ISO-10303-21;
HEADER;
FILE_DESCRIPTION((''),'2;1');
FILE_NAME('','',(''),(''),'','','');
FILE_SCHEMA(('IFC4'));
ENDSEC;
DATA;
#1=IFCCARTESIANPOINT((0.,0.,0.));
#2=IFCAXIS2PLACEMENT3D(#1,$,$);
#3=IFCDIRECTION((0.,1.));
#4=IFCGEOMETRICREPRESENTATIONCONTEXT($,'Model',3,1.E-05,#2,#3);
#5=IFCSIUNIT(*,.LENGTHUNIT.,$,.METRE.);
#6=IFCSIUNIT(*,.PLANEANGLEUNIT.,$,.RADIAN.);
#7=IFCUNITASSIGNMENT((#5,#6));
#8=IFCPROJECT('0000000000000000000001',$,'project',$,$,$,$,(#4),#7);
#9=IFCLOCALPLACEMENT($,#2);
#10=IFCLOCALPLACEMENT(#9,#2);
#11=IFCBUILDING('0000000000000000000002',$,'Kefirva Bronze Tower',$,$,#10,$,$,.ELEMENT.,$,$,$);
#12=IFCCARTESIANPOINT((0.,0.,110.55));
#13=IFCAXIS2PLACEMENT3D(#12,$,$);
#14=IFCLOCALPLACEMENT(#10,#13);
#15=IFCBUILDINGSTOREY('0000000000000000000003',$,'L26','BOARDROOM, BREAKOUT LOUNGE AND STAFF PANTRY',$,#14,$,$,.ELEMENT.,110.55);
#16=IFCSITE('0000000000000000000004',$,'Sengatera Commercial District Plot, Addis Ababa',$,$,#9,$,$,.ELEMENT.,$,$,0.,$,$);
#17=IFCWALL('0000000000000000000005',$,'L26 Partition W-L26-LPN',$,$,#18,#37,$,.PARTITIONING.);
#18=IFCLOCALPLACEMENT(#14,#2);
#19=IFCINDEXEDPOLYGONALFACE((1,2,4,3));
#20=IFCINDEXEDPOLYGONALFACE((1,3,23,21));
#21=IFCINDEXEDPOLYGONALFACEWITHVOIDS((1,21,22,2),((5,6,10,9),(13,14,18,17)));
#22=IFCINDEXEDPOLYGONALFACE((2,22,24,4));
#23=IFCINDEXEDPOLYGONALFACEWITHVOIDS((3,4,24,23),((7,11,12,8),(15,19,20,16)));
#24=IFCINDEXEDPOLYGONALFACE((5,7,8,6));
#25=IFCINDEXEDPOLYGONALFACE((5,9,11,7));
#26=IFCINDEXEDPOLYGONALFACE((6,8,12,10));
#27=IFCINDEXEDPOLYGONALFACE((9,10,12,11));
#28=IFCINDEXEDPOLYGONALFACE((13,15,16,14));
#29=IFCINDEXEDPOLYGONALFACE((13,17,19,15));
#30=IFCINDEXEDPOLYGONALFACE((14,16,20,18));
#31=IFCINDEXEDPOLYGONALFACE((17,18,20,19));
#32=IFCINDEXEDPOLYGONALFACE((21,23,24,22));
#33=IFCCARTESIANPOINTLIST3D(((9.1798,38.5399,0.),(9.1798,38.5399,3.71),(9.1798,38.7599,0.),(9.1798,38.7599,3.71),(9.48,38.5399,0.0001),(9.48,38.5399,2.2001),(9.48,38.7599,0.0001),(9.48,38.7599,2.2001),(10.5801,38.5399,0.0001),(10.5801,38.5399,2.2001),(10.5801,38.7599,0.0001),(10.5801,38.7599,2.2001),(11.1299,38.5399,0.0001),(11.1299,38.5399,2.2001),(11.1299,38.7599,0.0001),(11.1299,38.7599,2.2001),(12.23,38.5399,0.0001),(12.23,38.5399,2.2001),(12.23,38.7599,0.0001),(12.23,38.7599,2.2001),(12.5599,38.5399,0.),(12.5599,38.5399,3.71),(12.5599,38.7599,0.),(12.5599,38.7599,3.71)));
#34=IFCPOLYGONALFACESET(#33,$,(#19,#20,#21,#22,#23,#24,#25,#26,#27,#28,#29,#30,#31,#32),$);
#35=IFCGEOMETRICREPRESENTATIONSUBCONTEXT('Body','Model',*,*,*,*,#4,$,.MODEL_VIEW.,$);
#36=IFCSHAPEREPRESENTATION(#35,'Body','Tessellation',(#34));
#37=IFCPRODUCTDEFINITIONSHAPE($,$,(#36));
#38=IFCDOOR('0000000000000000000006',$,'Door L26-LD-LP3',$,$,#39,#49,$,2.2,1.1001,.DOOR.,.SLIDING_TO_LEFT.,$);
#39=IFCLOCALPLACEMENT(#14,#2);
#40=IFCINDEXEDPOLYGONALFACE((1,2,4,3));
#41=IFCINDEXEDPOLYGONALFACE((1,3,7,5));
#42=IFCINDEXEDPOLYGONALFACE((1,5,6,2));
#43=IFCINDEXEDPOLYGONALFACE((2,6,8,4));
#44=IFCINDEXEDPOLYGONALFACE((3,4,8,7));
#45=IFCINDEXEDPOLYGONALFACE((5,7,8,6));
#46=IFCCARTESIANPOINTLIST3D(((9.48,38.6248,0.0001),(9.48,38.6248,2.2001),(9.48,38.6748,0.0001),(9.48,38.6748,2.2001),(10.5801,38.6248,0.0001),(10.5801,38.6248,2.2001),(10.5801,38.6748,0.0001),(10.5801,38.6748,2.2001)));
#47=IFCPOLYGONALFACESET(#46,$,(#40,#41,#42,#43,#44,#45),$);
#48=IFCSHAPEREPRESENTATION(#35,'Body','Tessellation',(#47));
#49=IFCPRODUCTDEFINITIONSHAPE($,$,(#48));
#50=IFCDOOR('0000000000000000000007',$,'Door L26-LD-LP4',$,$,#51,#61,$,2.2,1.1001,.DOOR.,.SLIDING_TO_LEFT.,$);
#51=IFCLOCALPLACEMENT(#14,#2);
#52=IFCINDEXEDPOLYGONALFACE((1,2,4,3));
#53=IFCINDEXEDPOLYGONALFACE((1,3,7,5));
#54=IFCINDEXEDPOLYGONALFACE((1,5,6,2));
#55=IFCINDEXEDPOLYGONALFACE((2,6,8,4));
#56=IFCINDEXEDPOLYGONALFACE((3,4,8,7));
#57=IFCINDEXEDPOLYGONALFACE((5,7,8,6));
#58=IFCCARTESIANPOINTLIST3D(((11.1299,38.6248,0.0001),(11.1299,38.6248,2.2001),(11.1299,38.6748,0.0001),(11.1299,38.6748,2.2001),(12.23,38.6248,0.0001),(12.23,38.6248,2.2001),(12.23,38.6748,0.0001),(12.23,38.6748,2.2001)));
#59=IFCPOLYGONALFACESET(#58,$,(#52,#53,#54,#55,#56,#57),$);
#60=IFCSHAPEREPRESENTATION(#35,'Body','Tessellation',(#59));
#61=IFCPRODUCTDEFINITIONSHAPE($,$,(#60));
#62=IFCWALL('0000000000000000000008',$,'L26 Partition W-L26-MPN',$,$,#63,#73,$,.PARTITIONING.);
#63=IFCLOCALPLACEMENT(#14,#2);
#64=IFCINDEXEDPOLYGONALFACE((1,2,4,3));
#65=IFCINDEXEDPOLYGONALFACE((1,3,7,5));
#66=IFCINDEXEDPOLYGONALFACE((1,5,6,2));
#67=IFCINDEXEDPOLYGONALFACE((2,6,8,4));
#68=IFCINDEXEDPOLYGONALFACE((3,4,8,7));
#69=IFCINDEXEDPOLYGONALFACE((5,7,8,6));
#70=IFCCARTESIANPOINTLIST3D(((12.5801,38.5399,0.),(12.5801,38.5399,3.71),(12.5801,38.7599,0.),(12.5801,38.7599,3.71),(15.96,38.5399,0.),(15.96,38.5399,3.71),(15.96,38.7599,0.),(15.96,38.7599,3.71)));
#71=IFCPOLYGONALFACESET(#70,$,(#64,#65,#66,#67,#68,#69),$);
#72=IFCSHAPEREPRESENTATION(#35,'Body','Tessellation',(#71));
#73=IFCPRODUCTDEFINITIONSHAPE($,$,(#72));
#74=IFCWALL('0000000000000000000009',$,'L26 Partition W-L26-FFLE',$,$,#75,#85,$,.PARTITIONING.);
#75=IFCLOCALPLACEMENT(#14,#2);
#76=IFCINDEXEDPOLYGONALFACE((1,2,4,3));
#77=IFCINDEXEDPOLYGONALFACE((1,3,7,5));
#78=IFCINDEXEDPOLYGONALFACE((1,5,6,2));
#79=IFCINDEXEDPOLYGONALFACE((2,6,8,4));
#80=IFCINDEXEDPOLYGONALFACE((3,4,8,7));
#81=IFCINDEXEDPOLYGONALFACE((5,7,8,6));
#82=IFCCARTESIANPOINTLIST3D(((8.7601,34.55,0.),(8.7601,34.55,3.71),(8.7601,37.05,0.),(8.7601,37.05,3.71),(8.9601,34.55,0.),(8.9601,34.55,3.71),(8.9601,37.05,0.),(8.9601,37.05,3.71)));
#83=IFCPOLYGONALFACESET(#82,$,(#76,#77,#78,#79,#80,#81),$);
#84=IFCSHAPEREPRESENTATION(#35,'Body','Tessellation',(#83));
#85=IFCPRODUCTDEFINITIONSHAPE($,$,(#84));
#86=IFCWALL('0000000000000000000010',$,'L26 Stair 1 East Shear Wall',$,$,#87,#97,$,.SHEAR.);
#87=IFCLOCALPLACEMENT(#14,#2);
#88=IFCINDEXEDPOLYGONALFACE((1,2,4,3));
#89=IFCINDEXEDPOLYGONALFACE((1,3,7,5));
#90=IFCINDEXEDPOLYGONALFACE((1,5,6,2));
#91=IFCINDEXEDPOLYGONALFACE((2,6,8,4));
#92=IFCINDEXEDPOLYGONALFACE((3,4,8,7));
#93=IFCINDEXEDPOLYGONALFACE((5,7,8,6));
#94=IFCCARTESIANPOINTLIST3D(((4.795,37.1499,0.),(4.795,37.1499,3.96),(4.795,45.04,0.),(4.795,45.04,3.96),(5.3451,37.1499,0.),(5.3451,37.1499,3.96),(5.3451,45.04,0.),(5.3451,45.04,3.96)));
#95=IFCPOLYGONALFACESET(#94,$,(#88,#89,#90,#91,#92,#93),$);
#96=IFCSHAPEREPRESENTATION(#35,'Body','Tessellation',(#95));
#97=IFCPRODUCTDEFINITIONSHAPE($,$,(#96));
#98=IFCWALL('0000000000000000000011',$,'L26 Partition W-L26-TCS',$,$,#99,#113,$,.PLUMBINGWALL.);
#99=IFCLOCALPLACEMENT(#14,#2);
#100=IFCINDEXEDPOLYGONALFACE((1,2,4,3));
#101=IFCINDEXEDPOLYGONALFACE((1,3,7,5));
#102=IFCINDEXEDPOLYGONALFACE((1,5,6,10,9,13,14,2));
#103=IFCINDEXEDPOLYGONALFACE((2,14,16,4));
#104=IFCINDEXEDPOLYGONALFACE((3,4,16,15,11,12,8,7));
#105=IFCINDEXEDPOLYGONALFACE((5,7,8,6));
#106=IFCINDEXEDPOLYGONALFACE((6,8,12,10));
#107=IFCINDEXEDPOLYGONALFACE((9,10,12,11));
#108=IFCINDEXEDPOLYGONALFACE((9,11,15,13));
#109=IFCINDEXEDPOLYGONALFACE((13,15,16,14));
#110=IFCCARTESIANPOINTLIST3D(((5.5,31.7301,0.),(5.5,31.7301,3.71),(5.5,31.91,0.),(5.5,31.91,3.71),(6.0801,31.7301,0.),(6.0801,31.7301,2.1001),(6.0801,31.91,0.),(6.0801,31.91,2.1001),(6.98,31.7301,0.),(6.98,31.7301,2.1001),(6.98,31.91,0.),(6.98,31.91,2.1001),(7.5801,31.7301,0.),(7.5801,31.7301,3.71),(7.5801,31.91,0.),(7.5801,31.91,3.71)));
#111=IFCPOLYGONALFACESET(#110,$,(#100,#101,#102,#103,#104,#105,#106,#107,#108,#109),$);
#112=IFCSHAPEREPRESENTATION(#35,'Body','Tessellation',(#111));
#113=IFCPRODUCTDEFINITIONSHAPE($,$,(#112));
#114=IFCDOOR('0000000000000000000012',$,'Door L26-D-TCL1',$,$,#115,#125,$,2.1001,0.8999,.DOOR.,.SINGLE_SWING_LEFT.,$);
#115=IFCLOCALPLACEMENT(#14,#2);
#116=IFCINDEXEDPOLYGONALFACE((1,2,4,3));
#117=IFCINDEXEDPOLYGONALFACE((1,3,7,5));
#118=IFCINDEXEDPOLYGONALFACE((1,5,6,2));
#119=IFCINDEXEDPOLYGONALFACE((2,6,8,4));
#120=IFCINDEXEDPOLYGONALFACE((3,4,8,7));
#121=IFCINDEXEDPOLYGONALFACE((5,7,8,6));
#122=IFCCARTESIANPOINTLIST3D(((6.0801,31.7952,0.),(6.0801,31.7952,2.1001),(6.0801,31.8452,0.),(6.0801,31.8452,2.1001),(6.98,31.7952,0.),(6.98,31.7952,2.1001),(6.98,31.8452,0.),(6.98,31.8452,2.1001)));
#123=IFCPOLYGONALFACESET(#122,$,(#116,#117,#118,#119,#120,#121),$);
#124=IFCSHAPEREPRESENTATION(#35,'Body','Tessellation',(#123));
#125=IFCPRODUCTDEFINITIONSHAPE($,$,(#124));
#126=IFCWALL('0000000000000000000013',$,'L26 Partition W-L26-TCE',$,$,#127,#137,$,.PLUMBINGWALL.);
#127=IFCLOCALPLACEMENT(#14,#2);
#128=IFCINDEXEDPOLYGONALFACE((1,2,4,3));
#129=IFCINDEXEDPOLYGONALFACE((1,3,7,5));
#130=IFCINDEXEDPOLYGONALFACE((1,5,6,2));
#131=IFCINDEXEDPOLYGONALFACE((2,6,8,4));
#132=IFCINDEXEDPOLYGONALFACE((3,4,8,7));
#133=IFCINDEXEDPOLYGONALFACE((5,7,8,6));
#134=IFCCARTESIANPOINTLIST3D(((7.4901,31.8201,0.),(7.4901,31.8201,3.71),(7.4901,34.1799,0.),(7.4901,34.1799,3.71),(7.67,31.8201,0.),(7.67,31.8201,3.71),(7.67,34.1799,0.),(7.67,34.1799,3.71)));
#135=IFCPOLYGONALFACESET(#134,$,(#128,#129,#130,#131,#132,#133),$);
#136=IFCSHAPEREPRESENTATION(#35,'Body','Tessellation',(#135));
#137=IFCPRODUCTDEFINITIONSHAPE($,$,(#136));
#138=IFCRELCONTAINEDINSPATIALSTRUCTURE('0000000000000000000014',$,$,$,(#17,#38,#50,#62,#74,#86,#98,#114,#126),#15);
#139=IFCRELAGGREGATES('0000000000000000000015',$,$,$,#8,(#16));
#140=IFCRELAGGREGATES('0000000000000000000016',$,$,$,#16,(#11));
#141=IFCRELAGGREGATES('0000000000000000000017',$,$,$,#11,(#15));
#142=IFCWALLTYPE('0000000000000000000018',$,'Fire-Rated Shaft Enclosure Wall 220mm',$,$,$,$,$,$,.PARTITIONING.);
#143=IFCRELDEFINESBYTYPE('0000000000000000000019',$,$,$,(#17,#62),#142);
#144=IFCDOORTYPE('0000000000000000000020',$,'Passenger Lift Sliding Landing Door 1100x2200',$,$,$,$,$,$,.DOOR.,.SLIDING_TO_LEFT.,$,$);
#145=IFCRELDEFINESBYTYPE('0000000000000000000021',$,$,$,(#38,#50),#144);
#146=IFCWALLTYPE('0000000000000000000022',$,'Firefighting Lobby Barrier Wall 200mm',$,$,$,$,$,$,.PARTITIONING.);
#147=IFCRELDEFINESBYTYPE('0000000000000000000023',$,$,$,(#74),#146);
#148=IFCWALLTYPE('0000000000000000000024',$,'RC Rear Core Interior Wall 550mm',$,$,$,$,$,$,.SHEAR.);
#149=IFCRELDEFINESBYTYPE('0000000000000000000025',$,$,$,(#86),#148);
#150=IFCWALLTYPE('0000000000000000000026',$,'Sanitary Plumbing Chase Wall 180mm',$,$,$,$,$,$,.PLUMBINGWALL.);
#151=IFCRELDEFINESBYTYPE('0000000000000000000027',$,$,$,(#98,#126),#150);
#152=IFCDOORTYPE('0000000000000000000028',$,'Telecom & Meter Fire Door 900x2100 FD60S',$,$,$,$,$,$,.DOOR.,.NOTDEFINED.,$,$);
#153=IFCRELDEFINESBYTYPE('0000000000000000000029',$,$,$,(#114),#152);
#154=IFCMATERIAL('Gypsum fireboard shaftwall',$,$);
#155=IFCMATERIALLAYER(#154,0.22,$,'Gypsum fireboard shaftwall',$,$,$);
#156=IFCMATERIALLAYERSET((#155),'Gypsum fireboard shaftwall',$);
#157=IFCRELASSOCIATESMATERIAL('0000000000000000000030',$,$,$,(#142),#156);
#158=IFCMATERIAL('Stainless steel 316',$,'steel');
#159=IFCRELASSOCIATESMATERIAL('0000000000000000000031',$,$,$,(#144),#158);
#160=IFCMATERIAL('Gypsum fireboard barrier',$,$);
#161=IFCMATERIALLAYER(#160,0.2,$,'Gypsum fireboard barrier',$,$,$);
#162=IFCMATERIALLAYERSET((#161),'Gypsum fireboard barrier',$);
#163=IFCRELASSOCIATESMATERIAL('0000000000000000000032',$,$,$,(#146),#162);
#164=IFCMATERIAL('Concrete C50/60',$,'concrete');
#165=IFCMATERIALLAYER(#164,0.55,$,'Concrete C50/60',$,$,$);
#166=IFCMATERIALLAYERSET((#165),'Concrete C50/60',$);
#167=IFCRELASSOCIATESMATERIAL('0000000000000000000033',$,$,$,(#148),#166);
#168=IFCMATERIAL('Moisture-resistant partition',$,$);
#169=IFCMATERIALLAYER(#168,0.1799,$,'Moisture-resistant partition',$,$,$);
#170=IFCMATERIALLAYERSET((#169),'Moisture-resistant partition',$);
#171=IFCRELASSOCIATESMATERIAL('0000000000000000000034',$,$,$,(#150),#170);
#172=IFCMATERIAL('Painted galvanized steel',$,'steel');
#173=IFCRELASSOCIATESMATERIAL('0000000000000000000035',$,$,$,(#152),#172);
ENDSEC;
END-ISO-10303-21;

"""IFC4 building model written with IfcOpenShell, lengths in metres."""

from ifc_helpers import new_model, si_unit, direction, frame, frame_2d, origin, place, context, subcontext, project, spatial, rectangle, extrude, material, layer, layer_set, type_object, element, fill, save


model = new_model("IFC4")

# Units and contexts
model_context = context("Model", 3, precision=1e-05, world=origin(), true_north=direction((0.0, 1.0)))
body_context = subcontext(model_context, "Body", "Model", "MODEL_VIEW")
ifc_project = project(units=[si_unit("LENGTHUNIT", "METRE"), si_unit("PLANEANGLEUNIT", "RADIAN")], contexts=[model_context])

# Site, building, storey
site_placement = place(None, origin())
site = spatial("IfcSite", under=ifc_project, at=site_placement, Name="Sengatera Commercial District Plot, Addis Ababa", CompositionType="ELEMENT", RefElevation=0.0)
building_placement = place(site_placement, origin())
building = spatial("IfcBuilding", under=site, at=building_placement, Name="Kefirva Bronze Tower", CompositionType="ELEMENT")
storey_placement = place(building_placement, frame((0.0, 0.0, 110.55)))
storey = spatial("IfcBuildingStorey", under=building, at=storey_placement, Name="L26", Description="BOARDROOM, BREAKOUT LOUNGE AND STAFF PANTRY", CompositionType="ELEMENT", Elevation=110.55)

# Shared definitions
ifc_material_1 = material(Name="Gypsum fireboard shaftwall")
ifc_layer_1 = layer(ifc_material_1, 0.22, Name="Gypsum fireboard shaftwall")
ifc_layer_set_1 = layer_set([ifc_layer_1], Name="Gypsum fireboard shaftwall")
wall_type_1 = type_object("IfcWallType", Name="Fire-Rated Shaft Enclosure Wall 220mm", PredefinedType="PARTITIONING", material=ifc_layer_set_1)
ifc_material_2 = material(Name="Stainless steel 316", Category="steel")

# Wall, openings, doors
door_type_1 = type_object("IfcDoorType", Name="Passenger Lift Sliding Landing Door 1100x2200", OperationType="SLIDING_TO_LEFT", PredefinedType="DOOR", material=ifc_material_2)
wall_1_placement = place(storey_placement, frame((9.1799, 38.6499, 0.0), z_axis=(0.0, 0.0, 1.0), x_axis=(1.0, 0.0, 0.0)))
wall_1 = element("IfcWall", 1, at=wall_1_placement, inside=storey, type_object=wall_type_1, Name="L26 Partition W-L26-LPN", PredefinedType="PARTITIONING", context=body_context, shape_type="SweptSolid", body=[
    extrude(rectangle(XDim=3.3801, YDim=0.22, at=frame_2d((1.6899, 0.0))), origin(), (0.0, 0.0, 1.0), 3.71),
])
opening_1_placement = place(wall_1_placement, frame((0.3, 0.0, 0.0)))
opening_1 = element("IfcOpeningElement", 2, at=opening_1_placement, cuts=wall_1, PredefinedType="OPENING", context=body_context, shape_type="SweptSolid", body=[
    extrude(rectangle(XDim=1.1001, YDim=2.2, at=frame_2d((0.55, 1.1001))), frame((0.0, 0.1201, 0.0), z_axis=(0.0, -1.0, 0.0), x_axis=(1.0, 0.0, 0.0)), (0.0, 0.0, 1.0), 0.24),
])
opening_2_placement = place(wall_1_placement, frame((1.95, 0.0, 0.0)))
opening_2 = element("IfcOpeningElement", 3, at=opening_2_placement, cuts=wall_1, PredefinedType="OPENING", context=body_context, shape_type="SweptSolid", body=[
    extrude(rectangle(XDim=1.1001, YDim=2.2, at=frame_2d((0.55, 1.1001))), frame((0.0, 0.1201, 0.0), z_axis=(0.0, -1.0, 0.0), x_axis=(1.0, 0.0, 0.0)), (0.0, 0.0, 1.0), 0.24),
])
door_1_placement = place(opening_1_placement, origin())
door_1 = element("IfcDoor", 4, at=door_1_placement, inside=storey, type_object=door_type_1, Name="Door L26-LD-LP3", OperationType="SLIDING_TO_LEFT", OverallHeight=2.2, OverallWidth=1.1001, PredefinedType="DOOR", context=body_context, shape_type="SweptSolid", body=[
    extrude(rectangle(XDim=1.1001, YDim=2.2, at=frame_2d((0.55, 1.1001))), frame((0.0, 0.0249, 0.0), z_axis=(0.0, -1.0, 0.0), x_axis=(1.0, 0.0, 0.0)), (0.0, 0.0, 1.0), 0.05),
])
fill(opening_1, door_1)
door_2_placement = place(opening_2_placement, origin())
door_2 = element("IfcDoor", 5, at=door_2_placement, inside=storey, type_object=door_type_1, Name="Door L26-LD-LP4", OperationType="SLIDING_TO_LEFT", OverallHeight=2.2, OverallWidth=1.1001, PredefinedType="DOOR", context=body_context, shape_type="SweptSolid", body=[
    extrude(rectangle(XDim=1.1001, YDim=2.2, at=frame_2d((0.55, 1.1001))), frame((0.0, 0.0249, 0.0), z_axis=(0.0, -1.0, 0.0), x_axis=(1.0, 0.0, 0.0)), (0.0, 0.0, 1.0), 0.05),
])
fill(opening_2, door_2)

# Walls
wall_2_placement = place(storey_placement, frame((12.5801, 38.6499, 0.0), z_axis=(0.0, 0.0, 1.0), x_axis=(1.0, 0.0, 0.0)))
element("IfcWall", 6, at=wall_2_placement, inside=storey, type_object=wall_type_1, Name="L26 Partition W-L26-MPN", PredefinedType="PARTITIONING", context=body_context, shape_type="SweptSolid", body=[
    extrude(rectangle(XDim=3.3799, YDim=0.22, at=frame_2d((1.6899, 0.0))), origin(), (0.0, 0.0, 1.0), 3.71),
])
ifc_material_3 = material(Name="Gypsum fireboard barrier")
ifc_layer_2 = layer(ifc_material_3, 0.2, Name="Gypsum fireboard barrier")
ifc_layer_set_2 = layer_set([ifc_layer_2], Name="Gypsum fireboard barrier")
wall_type_2 = type_object("IfcWallType", Name="Firefighting Lobby Barrier Wall 200mm", PredefinedType="PARTITIONING", material=ifc_layer_set_2)
wall_3_placement = place(storey_placement, frame((8.8601, 34.55, 0.0), z_axis=(0.0, 0.0, 1.0), x_axis=(0.0, 1.0, 0.0)))
element("IfcWall", 7, at=wall_3_placement, inside=storey, type_object=wall_type_2, Name="L26 Partition W-L26-FFLE", PredefinedType="PARTITIONING", context=body_context, shape_type="SweptSolid", body=[
    extrude(rectangle(XDim=2.5, YDim=0.2, at=frame_2d((1.25, 0.0))), origin(), (0.0, 0.0, 1.0), 3.71),
])
ifc_material_4 = material(Name="Concrete C50/60", Category="concrete")
ifc_layer_3 = layer(ifc_material_4, 0.55, Name="Concrete C50/60")
ifc_layer_set_3 = layer_set([ifc_layer_3], Name="Concrete C50/60")
wall_type_3 = type_object("IfcWallType", Name="RC Rear Core Interior Wall 550mm", PredefinedType="SHEAR", material=ifc_layer_set_3)
wall_4_placement = place(storey_placement, frame((5.0701, 37.1499, 0.0), z_axis=(0.0, 0.0, 1.0), x_axis=(0.0, 1.0, 0.0)))
element("IfcWall", 8, at=wall_4_placement, inside=storey, type_object=wall_type_3, Name="L26 Stair 1 East Shear Wall", PredefinedType="SHEAR", context=body_context, shape_type="SweptSolid", body=[
    extrude(rectangle(XDim=7.8901, YDim=0.55, at=frame_2d((3.9451, 0.0))), origin(), (0.0, 0.0, 1.0), 3.96),
])

# Wall, opening, door
ifc_material_5 = material(Name="Moisture-resistant partition")
ifc_layer_4 = layer(ifc_material_5, 0.1799, Name="Moisture-resistant partition")
ifc_layer_set_4 = layer_set([ifc_layer_4], Name="Moisture-resistant partition")
wall_type_4 = type_object("IfcWallType", Name="Sanitary Plumbing Chase Wall 180mm", PredefinedType="PLUMBINGWALL", material=ifc_layer_set_4)
wall_5_placement = place(storey_placement, frame((5.5, 31.8201, 0.0), z_axis=(0.0, 0.0, 1.0), x_axis=(1.0, 0.0, 0.0)))
wall_5 = element("IfcWall", 9, at=wall_5_placement, inside=storey, type_object=wall_type_4, Name="L26 Partition W-L26-TCS", PredefinedType="PLUMBINGWALL", context=body_context, shape_type="SweptSolid", body=[
    extrude(rectangle(XDim=2.0801, YDim=0.1799, at=frame_2d((1.04, 0.0))), origin(), (0.0, 0.0, 1.0), 3.71),
])
opening_3_placement = place(wall_5_placement, frame((1.48, 0.0, 0.0), z_axis=(0.0, 0.0, 1.0), x_axis=(-1.0, 0.0, 0.0)))
opening_3 = element("IfcOpeningElement", 10, at=opening_3_placement, cuts=wall_5, PredefinedType="OPENING", context=body_context, shape_type="SweptSolid", body=[
    extrude(rectangle(XDim=0.8999, YDim=2.1001, at=frame_2d((0.45, 1.05))), frame((0.0, 0.1001, 0.0), z_axis=(0.0, -1.0, 0.0), x_axis=(1.0, 0.0, 0.0)), (0.0, 0.0, 1.0), 0.2),
])
ifc_material_6 = material(Name="Painted galvanized steel", Category="steel")
door_type_2 = type_object("IfcDoorType", Name="Telecom & Meter Fire Door 900x2100 FD60S", OperationType="NOTDEFINED", PredefinedType="DOOR", material=ifc_material_6)
door_3_placement = place(opening_3_placement, origin())
door_3 = element("IfcDoor", 11, at=door_3_placement, inside=storey, type_object=door_type_2, Name="Door L26-D-TCL1", OperationType="SINGLE_SWING_LEFT", OverallHeight=2.1001, OverallWidth=0.8999, PredefinedType="DOOR", context=body_context, shape_type="SweptSolid", body=[
    extrude(rectangle(XDim=0.8999, YDim=2.1001, at=frame_2d((0.45, 1.05))), frame((0.0, 0.0249, 0.0), z_axis=(0.0, -1.0, 0.0), x_axis=(1.0, 0.0, 0.0)), (0.0, 0.0, 1.0), 0.05),
])
fill(opening_3, door_3)

# Wall
wall_6_placement = place(storey_placement, frame((7.5801, 31.8201, 0.0), z_axis=(0.0, 0.0, 1.0), x_axis=(0.0, 1.0, 0.0)))
element("IfcWall", 12, at=wall_6_placement, inside=storey, type_object=wall_type_4, Name="L26 Partition W-L26-TCE", PredefinedType="PLUMBINGWALL", context=body_context, shape_type="SweptSolid", body=[
    extrude(rectangle(XDim=2.3599, YDim=0.1799, at=frame_2d((1.1799, 0.0))), origin(), (0.0, 0.0, 1.0), 3.71),
])

save(model, "model.ifc")
